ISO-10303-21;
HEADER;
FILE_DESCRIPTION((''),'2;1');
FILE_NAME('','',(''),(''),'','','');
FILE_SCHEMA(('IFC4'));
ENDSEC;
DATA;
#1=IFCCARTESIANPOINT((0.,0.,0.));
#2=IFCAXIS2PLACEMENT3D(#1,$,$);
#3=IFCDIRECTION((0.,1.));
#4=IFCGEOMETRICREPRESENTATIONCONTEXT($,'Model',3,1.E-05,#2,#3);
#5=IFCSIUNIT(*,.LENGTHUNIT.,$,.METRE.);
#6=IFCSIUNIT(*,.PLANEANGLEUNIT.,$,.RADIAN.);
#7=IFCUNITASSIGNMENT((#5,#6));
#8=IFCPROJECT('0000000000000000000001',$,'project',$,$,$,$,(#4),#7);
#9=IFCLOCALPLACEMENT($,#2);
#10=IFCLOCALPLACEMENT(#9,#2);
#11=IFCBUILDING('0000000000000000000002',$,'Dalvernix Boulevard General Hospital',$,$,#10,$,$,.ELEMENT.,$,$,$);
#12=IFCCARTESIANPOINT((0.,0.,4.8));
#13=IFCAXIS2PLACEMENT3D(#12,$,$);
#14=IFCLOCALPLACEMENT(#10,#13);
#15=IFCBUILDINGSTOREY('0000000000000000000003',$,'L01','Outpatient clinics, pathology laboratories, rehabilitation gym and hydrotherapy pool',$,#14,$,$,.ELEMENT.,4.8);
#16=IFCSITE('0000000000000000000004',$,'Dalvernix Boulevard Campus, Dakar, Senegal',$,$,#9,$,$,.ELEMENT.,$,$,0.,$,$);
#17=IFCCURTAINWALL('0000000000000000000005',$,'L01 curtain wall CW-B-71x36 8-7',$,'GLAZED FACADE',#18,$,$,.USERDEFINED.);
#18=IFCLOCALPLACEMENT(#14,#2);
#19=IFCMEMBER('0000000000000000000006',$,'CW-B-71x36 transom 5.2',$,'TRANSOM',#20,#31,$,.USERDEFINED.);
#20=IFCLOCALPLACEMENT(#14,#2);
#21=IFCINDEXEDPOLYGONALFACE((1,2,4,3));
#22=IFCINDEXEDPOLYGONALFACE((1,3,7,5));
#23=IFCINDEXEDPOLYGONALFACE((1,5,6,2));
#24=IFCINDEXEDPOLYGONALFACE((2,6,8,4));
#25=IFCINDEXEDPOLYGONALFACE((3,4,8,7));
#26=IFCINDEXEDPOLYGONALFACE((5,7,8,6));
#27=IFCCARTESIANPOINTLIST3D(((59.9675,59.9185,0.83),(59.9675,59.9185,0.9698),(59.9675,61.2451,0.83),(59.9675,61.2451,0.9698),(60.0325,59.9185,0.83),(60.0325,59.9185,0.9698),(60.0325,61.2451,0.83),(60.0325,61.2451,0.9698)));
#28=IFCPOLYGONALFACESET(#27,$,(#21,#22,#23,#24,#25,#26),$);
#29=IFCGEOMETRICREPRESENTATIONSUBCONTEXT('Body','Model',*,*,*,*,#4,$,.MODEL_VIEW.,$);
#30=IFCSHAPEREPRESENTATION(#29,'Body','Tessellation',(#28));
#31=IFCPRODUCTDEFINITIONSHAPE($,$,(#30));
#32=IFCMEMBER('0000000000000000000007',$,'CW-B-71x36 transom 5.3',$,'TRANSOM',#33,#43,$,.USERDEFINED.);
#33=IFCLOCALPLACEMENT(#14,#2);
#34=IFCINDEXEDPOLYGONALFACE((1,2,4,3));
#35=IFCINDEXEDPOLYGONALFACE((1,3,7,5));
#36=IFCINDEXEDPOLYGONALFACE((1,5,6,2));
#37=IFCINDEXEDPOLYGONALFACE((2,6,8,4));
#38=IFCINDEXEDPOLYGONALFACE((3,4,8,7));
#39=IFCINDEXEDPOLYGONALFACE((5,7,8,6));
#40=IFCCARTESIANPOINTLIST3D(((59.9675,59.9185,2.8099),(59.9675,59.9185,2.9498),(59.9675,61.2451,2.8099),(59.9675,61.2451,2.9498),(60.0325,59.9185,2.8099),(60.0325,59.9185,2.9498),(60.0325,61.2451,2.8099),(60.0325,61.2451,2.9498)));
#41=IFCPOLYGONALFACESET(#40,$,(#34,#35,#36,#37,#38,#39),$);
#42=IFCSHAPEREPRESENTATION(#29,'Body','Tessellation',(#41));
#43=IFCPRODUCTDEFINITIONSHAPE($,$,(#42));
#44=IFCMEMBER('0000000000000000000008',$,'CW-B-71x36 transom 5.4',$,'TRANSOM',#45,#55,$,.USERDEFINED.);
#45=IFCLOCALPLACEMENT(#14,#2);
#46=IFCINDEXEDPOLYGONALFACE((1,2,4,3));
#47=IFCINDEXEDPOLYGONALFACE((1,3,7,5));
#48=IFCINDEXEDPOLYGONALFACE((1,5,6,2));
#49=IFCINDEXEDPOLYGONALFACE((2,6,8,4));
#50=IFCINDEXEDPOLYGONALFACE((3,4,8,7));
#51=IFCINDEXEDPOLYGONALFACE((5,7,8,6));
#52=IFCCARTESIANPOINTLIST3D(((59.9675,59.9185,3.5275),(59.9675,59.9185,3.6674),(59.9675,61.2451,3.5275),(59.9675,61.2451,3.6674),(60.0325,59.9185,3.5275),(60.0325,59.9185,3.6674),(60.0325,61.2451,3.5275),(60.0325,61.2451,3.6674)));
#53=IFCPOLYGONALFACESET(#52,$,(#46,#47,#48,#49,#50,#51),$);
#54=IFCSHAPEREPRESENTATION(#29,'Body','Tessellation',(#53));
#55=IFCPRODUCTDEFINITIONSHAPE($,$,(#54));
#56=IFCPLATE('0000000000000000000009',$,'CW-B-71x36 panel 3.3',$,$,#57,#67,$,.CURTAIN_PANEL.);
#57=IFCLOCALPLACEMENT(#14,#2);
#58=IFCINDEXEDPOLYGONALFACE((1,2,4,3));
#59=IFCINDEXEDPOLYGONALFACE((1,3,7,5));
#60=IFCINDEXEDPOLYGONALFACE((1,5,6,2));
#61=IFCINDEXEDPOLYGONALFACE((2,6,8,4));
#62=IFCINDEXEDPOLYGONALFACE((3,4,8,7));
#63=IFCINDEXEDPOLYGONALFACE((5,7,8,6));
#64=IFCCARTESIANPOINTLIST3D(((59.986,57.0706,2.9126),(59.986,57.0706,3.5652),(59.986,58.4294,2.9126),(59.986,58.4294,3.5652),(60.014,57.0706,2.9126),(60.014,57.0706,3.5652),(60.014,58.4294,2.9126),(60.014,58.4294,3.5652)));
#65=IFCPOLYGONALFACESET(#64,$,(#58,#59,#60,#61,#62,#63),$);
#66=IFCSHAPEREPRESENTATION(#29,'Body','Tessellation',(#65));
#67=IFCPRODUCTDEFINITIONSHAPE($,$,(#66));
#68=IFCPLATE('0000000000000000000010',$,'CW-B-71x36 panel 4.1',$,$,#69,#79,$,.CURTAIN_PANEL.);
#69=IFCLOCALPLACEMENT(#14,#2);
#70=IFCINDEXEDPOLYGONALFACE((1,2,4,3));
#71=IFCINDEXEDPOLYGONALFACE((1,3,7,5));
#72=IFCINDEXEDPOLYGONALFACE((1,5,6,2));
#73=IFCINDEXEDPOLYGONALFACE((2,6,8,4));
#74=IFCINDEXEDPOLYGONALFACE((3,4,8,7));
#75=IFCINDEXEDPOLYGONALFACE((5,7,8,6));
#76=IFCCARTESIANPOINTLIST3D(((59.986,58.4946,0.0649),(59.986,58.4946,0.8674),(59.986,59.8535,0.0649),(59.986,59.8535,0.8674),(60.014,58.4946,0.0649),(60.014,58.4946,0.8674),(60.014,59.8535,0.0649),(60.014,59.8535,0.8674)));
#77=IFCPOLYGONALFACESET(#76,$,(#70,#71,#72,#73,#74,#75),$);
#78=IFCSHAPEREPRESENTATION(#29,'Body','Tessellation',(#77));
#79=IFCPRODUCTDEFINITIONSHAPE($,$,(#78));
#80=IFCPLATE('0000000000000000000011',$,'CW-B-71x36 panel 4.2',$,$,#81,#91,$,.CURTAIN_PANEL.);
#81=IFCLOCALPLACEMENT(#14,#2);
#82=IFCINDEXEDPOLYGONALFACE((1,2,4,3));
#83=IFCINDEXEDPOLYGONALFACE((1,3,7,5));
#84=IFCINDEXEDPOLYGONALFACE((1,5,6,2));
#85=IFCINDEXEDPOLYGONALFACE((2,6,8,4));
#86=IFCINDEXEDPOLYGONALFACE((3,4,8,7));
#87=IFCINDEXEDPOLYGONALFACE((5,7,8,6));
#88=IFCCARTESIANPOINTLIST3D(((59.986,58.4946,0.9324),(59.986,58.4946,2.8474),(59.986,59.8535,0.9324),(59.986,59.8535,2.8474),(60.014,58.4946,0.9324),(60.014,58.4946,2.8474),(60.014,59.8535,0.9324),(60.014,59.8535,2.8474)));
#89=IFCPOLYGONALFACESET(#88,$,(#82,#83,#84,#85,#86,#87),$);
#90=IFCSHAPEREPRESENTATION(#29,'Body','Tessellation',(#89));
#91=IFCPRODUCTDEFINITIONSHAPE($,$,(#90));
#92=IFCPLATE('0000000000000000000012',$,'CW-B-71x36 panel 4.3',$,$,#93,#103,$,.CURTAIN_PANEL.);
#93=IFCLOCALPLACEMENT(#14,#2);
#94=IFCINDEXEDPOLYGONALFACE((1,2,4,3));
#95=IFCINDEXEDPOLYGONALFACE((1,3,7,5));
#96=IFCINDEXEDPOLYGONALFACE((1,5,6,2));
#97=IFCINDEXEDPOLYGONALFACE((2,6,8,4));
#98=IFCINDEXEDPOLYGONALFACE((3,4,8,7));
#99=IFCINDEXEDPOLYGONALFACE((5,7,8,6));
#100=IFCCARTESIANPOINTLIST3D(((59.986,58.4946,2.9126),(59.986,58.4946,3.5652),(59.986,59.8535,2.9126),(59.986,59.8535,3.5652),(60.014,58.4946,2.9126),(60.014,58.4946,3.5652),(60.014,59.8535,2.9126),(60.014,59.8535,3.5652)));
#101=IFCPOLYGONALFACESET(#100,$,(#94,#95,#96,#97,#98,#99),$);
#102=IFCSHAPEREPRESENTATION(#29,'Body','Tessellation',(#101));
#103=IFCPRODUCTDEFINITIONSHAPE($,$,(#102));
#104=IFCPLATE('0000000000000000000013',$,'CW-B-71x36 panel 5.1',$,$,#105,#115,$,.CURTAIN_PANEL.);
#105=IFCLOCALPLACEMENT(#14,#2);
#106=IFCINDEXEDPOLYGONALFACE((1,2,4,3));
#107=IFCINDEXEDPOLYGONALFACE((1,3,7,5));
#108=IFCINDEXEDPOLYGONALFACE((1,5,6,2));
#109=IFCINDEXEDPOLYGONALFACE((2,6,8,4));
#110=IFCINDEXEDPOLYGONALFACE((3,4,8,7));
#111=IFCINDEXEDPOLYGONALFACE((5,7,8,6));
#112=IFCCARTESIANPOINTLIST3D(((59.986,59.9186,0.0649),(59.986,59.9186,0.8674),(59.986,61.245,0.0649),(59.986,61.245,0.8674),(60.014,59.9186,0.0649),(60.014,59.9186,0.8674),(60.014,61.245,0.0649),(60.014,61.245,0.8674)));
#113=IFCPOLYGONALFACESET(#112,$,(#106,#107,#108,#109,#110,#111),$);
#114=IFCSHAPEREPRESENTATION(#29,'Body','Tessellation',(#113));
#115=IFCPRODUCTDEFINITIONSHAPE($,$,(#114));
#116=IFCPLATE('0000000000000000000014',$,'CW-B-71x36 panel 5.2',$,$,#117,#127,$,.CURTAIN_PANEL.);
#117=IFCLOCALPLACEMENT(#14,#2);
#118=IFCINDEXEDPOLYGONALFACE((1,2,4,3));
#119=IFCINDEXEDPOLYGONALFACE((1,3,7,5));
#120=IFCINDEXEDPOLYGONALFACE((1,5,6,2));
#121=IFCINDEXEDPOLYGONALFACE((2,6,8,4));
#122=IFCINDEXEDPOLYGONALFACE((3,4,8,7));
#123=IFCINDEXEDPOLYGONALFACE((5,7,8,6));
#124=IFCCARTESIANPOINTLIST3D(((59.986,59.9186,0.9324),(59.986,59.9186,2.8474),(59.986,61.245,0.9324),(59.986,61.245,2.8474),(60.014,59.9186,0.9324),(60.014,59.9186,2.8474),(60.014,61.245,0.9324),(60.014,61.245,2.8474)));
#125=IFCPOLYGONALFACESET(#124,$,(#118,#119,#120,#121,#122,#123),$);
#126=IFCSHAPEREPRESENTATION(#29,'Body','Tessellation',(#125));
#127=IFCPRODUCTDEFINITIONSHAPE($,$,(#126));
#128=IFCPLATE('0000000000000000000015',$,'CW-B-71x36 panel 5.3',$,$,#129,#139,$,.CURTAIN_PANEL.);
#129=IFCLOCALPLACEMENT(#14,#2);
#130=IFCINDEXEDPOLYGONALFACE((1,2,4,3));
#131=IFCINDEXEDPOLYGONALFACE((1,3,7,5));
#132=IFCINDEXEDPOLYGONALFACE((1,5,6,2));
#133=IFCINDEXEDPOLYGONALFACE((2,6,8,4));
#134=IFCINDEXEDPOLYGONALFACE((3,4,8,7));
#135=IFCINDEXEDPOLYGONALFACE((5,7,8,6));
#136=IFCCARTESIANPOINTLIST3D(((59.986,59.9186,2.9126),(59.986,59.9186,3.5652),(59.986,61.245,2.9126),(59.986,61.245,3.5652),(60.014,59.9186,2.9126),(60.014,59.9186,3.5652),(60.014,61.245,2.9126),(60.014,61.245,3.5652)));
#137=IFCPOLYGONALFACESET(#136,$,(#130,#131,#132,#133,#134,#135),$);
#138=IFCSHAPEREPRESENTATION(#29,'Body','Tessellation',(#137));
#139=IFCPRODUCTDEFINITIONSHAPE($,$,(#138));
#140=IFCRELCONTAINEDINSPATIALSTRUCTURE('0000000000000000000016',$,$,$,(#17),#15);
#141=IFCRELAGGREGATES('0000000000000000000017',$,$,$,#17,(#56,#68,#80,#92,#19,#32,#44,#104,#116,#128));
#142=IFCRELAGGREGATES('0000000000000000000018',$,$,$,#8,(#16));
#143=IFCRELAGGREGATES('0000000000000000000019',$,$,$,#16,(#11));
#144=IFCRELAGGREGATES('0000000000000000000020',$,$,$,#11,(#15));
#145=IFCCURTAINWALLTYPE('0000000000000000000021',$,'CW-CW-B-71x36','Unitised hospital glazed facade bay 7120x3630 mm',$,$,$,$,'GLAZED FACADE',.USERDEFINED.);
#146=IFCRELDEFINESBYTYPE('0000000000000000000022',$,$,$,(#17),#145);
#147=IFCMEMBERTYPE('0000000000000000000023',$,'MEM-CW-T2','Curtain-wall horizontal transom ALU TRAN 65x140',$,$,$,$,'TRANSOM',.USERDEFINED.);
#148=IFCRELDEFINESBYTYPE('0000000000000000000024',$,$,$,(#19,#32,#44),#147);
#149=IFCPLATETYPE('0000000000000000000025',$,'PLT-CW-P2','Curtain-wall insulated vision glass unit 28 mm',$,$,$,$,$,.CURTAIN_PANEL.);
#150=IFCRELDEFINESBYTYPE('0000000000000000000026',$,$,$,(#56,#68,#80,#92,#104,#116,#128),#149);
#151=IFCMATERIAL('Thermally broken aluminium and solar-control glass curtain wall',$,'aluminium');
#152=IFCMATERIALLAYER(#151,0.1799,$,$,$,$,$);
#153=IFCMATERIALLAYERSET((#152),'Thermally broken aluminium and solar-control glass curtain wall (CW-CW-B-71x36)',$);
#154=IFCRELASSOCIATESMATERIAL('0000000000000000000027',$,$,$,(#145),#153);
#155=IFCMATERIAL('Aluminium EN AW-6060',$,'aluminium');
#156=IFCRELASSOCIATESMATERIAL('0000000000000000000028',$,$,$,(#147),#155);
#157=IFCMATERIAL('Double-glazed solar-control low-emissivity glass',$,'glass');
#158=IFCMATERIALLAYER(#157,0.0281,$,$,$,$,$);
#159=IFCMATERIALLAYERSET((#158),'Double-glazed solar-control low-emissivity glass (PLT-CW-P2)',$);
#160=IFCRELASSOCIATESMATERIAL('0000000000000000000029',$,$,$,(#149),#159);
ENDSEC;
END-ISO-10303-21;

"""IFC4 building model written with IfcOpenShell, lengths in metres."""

from ifc_helpers import new_model, si_unit, direction, frame, origin, origin_2d, place, context, subcontext, project, spatial, rectangle, extrude, material, layer, layer_set, material_profile, profile_set, type_object, element, aggregate, save


model = new_model("IFC4")

# Units and contexts
model_context = context("Model", 3, precision=1e-05, world=origin(), true_north=direction((0.0, 1.0)))
body_context = subcontext(model_context, "Body", "Model", "MODEL_VIEW")
ifc_project = project(units=[si_unit("LENGTHUNIT", "METRE"), si_unit("PLANEANGLEUNIT", "RADIAN")], contexts=[model_context])

# Site, building, storey
site_placement = place(None, origin())
site = spatial("IfcSite", under=ifc_project, at=site_placement, Name="Dalvernix Boulevard Campus, Dakar, Senegal", CompositionType="ELEMENT", RefElevation=0.0)
building_placement = place(site_placement, origin())
building = spatial("IfcBuilding", under=site, at=building_placement, Name="Dalvernix Boulevard General Hospital", CompositionType="ELEMENT")
storey_placement = place(building_placement, frame((0.0, 0.0, 4.8)))
storey = spatial("IfcBuildingStorey", under=building, at=storey_placement, Name="L01", Description="Outpatient clinics, pathology laboratories, rehabilitation gym and hydrotherapy pool", CompositionType="ELEMENT", Elevation=4.8)

# Curtain wall, members, plates
ifc_material_1 = material(Name="Thermally broken aluminium and solar-control glass curtain wall", Category="aluminium")
ifc_layer_1 = layer(ifc_material_1, 0.1799)
ifc_layer_set_1 = layer_set([ifc_layer_1], Name="Thermally broken aluminium and solar-control glass curtain wall (CW-CW-B-71x36)")
curtain_wall_type = type_object("IfcCurtainWallType", Name="CW-CW-B-71x36", Description="Unitised hospital glazed facade bay 7120x3630 mm", ElementType="GLAZED FACADE", PredefinedType="USERDEFINED", material=ifc_layer_set_1)
curtain_wall_placement = place(storey_placement, origin())
curtain_wall = element("IfcCurtainWall", 1, at=curtain_wall_placement, inside=storey, type_object=curtain_wall_type, Name="L01 curtain wall CW-B-71x36 8-7", ObjectType="GLAZED FACADE", PredefinedType="USERDEFINED")
ifc_material_2 = material(Name="Aluminium EN AW-6060", Category="aluminium")
ifc_material_profile_1 = material_profile(ifc_material_2, rectangle(XDim=0.0649, YDim=0.1399, at=origin_2d()), Name="ALU TRAN 65x140")
ifc_profile_set_1 = profile_set([ifc_material_profile_1], Name="Aluminium EN AW-6060")
member_type_1 = type_object("IfcMemberType", Name="MEM-CW-T2", Description="Curtain-wall horizontal transom ALU TRAN 65x140", ElementType="TRANSOM", PredefinedType="USERDEFINED", material=ifc_profile_set_1)
member_1_placement = place(storey_placement, frame((60.0, 59.9185, 0.8999), z_axis=(0.0, 1.0, 0.0), x_axis=(-1.0, 0.0, 0.0)))
member_1 = element("IfcMember", 2, at=member_1_placement, type_object=member_type_1, Name="CW-B-71x36 transom 5.2", ObjectType="TRANSOM", PredefinedType="USERDEFINED", context=body_context, shape_type="SweptSolid", body=[
    extrude(rectangle(XDim=0.0649, YDim=0.1399, at=origin_2d()), origin(), (0.0, 0.0, 1.0), 1.3267),
])
member_2_placement = place(storey_placement, frame((60.0, 59.9185, 2.8799), z_axis=(0.0, 1.0, 0.0), x_axis=(-1.0, 0.0, 0.0)))
member_2 = element("IfcMember", 3, at=member_2_placement, type_object=member_type_1, Name="CW-B-71x36 transom 5.3", ObjectType="TRANSOM", PredefinedType="USERDEFINED", context=body_context, shape_type="SweptSolid", body=[
    extrude(rectangle(XDim=0.0649, YDim=0.1399, at=origin_2d()), origin(), (0.0, 0.0, 1.0), 1.3267),
])
member_3_placement = place(storey_placement, frame((60.0, 59.9185, 3.5974), z_axis=(0.0, 1.0, 0.0), x_axis=(-1.0, 0.0, 0.0)))
member_3 = element("IfcMember", 4, at=member_3_placement, type_object=member_type_1, Name="CW-B-71x36 transom 5.4", ObjectType="TRANSOM", PredefinedType="USERDEFINED", context=body_context, shape_type="SweptSolid", body=[
    extrude(rectangle(XDim=0.0649, YDim=0.1399, at=origin_2d()), origin(), (0.0, 0.0, 1.0), 1.3267),
])
ifc_material_3 = material(Name="Double-glazed solar-control low-emissivity glass", Category="glass")
ifc_layer_2 = layer(ifc_material_3, 0.0281)
ifc_layer_set_2 = layer_set([ifc_layer_2], Name="Double-glazed solar-control low-emissivity glass (PLT-CW-P2)")
plate_type = type_object("IfcPlateType", Name="PLT-CW-P2", Description="Curtain-wall insulated vision glass unit 28 mm", PredefinedType="CURTAIN_PANEL", material=ifc_layer_set_2)
plate_1_placement = place(storey_placement, frame((60.0, 57.75, 2.9126), z_axis=(0.0, 0.0, 1.0), x_axis=(0.0, 1.0, 0.0)))
plate_1 = element("IfcPlate", 5, at=plate_1_placement, type_object=plate_type, Name="CW-B-71x36 panel 3.3", PredefinedType="CURTAIN_PANEL", context=body_context, shape_type="SweptSolid", body=[
    extrude(rectangle(XDim=1.3589, YDim=0.0281, at=origin_2d()), origin(), (0.0, 0.0, 1.0), 0.6526),
])
plate_2_placement = place(storey_placement, frame((60.0, 59.1741, 0.0649), z_axis=(0.0, 0.0, 1.0), x_axis=(0.0, 1.0, 0.0)))
plate_2 = element("IfcPlate", 6, at=plate_2_placement, type_object=plate_type, Name="CW-B-71x36 panel 4.1", PredefinedType="CURTAIN_PANEL", context=body_context, shape_type="SweptSolid", body=[
    extrude(rectangle(XDim=1.3589, YDim=0.0281, at=origin_2d()), origin(), (0.0, 0.0, 1.0), 0.8025),
])
plate_3_placement = place(storey_placement, frame((60.0, 59.1741, 0.9324), z_axis=(0.0, 0.0, 1.0), x_axis=(0.0, 1.0, 0.0)))
plate_3 = element("IfcPlate", 7, at=plate_3_placement, type_object=plate_type, Name="CW-B-71x36 panel 4.2", PredefinedType="CURTAIN_PANEL", context=body_context, shape_type="SweptSolid", body=[
    extrude(rectangle(XDim=1.3589, YDim=0.0281, at=origin_2d()), origin(), (0.0, 0.0, 1.0), 1.915),
])
plate_4_placement = place(storey_placement, frame((60.0, 59.1741, 2.9126), z_axis=(0.0, 0.0, 1.0), x_axis=(0.0, 1.0, 0.0)))
plate_4 = element("IfcPlate", 8, at=plate_4_placement, type_object=plate_type, Name="CW-B-71x36 panel 4.3", PredefinedType="CURTAIN_PANEL", context=body_context, shape_type="SweptSolid", body=[
    extrude(rectangle(XDim=1.3589, YDim=0.0281, at=origin_2d()), origin(), (0.0, 0.0, 1.0), 0.6526),
])
plate_5_placement = place(storey_placement, frame((60.0, 60.5818, 0.0649), z_axis=(0.0, 0.0, 1.0), x_axis=(0.0, 1.0, 0.0)))
plate_5 = element("IfcPlate", 9, at=plate_5_placement, type_object=plate_type, Name="CW-B-71x36 panel 5.1", PredefinedType="CURTAIN_PANEL", context=body_context, shape_type="SweptSolid", body=[
    extrude(rectangle(XDim=1.3264, YDim=0.0281, at=origin_2d()), origin(), (0.0, 0.0, 1.0), 0.8025),
])
plate_6_placement = place(storey_placement, frame((60.0, 60.5818, 0.9324), z_axis=(0.0, 0.0, 1.0), x_axis=(0.0, 1.0, 0.0)))
plate_6 = element("IfcPlate", 10, at=plate_6_placement, type_object=plate_type, Name="CW-B-71x36 panel 5.2", PredefinedType="CURTAIN_PANEL", context=body_context, shape_type="SweptSolid", body=[
    extrude(rectangle(XDim=1.3264, YDim=0.0281, at=origin_2d()), origin(), (0.0, 0.0, 1.0), 1.915),
])
plate_7_placement = place(storey_placement, frame((60.0, 60.5818, 2.9126), z_axis=(0.0, 0.0, 1.0), x_axis=(0.0, 1.0, 0.0)))
plate_7 = element("IfcPlate", 11, at=plate_7_placement, type_object=plate_type, Name="CW-B-71x36 panel 5.3", PredefinedType="CURTAIN_PANEL", context=body_context, shape_type="SweptSolid", body=[
    extrude(rectangle(XDim=1.3264, YDim=0.0281, at=origin_2d()), origin(), (0.0, 0.0, 1.0), 0.6526),
])
aggregate(curtain_wall, [plate_1, plate_2, plate_3, plate_4, member_1, member_2, member_3, plate_5, plate_6, plate_7])

save(model, "model.ifc")
